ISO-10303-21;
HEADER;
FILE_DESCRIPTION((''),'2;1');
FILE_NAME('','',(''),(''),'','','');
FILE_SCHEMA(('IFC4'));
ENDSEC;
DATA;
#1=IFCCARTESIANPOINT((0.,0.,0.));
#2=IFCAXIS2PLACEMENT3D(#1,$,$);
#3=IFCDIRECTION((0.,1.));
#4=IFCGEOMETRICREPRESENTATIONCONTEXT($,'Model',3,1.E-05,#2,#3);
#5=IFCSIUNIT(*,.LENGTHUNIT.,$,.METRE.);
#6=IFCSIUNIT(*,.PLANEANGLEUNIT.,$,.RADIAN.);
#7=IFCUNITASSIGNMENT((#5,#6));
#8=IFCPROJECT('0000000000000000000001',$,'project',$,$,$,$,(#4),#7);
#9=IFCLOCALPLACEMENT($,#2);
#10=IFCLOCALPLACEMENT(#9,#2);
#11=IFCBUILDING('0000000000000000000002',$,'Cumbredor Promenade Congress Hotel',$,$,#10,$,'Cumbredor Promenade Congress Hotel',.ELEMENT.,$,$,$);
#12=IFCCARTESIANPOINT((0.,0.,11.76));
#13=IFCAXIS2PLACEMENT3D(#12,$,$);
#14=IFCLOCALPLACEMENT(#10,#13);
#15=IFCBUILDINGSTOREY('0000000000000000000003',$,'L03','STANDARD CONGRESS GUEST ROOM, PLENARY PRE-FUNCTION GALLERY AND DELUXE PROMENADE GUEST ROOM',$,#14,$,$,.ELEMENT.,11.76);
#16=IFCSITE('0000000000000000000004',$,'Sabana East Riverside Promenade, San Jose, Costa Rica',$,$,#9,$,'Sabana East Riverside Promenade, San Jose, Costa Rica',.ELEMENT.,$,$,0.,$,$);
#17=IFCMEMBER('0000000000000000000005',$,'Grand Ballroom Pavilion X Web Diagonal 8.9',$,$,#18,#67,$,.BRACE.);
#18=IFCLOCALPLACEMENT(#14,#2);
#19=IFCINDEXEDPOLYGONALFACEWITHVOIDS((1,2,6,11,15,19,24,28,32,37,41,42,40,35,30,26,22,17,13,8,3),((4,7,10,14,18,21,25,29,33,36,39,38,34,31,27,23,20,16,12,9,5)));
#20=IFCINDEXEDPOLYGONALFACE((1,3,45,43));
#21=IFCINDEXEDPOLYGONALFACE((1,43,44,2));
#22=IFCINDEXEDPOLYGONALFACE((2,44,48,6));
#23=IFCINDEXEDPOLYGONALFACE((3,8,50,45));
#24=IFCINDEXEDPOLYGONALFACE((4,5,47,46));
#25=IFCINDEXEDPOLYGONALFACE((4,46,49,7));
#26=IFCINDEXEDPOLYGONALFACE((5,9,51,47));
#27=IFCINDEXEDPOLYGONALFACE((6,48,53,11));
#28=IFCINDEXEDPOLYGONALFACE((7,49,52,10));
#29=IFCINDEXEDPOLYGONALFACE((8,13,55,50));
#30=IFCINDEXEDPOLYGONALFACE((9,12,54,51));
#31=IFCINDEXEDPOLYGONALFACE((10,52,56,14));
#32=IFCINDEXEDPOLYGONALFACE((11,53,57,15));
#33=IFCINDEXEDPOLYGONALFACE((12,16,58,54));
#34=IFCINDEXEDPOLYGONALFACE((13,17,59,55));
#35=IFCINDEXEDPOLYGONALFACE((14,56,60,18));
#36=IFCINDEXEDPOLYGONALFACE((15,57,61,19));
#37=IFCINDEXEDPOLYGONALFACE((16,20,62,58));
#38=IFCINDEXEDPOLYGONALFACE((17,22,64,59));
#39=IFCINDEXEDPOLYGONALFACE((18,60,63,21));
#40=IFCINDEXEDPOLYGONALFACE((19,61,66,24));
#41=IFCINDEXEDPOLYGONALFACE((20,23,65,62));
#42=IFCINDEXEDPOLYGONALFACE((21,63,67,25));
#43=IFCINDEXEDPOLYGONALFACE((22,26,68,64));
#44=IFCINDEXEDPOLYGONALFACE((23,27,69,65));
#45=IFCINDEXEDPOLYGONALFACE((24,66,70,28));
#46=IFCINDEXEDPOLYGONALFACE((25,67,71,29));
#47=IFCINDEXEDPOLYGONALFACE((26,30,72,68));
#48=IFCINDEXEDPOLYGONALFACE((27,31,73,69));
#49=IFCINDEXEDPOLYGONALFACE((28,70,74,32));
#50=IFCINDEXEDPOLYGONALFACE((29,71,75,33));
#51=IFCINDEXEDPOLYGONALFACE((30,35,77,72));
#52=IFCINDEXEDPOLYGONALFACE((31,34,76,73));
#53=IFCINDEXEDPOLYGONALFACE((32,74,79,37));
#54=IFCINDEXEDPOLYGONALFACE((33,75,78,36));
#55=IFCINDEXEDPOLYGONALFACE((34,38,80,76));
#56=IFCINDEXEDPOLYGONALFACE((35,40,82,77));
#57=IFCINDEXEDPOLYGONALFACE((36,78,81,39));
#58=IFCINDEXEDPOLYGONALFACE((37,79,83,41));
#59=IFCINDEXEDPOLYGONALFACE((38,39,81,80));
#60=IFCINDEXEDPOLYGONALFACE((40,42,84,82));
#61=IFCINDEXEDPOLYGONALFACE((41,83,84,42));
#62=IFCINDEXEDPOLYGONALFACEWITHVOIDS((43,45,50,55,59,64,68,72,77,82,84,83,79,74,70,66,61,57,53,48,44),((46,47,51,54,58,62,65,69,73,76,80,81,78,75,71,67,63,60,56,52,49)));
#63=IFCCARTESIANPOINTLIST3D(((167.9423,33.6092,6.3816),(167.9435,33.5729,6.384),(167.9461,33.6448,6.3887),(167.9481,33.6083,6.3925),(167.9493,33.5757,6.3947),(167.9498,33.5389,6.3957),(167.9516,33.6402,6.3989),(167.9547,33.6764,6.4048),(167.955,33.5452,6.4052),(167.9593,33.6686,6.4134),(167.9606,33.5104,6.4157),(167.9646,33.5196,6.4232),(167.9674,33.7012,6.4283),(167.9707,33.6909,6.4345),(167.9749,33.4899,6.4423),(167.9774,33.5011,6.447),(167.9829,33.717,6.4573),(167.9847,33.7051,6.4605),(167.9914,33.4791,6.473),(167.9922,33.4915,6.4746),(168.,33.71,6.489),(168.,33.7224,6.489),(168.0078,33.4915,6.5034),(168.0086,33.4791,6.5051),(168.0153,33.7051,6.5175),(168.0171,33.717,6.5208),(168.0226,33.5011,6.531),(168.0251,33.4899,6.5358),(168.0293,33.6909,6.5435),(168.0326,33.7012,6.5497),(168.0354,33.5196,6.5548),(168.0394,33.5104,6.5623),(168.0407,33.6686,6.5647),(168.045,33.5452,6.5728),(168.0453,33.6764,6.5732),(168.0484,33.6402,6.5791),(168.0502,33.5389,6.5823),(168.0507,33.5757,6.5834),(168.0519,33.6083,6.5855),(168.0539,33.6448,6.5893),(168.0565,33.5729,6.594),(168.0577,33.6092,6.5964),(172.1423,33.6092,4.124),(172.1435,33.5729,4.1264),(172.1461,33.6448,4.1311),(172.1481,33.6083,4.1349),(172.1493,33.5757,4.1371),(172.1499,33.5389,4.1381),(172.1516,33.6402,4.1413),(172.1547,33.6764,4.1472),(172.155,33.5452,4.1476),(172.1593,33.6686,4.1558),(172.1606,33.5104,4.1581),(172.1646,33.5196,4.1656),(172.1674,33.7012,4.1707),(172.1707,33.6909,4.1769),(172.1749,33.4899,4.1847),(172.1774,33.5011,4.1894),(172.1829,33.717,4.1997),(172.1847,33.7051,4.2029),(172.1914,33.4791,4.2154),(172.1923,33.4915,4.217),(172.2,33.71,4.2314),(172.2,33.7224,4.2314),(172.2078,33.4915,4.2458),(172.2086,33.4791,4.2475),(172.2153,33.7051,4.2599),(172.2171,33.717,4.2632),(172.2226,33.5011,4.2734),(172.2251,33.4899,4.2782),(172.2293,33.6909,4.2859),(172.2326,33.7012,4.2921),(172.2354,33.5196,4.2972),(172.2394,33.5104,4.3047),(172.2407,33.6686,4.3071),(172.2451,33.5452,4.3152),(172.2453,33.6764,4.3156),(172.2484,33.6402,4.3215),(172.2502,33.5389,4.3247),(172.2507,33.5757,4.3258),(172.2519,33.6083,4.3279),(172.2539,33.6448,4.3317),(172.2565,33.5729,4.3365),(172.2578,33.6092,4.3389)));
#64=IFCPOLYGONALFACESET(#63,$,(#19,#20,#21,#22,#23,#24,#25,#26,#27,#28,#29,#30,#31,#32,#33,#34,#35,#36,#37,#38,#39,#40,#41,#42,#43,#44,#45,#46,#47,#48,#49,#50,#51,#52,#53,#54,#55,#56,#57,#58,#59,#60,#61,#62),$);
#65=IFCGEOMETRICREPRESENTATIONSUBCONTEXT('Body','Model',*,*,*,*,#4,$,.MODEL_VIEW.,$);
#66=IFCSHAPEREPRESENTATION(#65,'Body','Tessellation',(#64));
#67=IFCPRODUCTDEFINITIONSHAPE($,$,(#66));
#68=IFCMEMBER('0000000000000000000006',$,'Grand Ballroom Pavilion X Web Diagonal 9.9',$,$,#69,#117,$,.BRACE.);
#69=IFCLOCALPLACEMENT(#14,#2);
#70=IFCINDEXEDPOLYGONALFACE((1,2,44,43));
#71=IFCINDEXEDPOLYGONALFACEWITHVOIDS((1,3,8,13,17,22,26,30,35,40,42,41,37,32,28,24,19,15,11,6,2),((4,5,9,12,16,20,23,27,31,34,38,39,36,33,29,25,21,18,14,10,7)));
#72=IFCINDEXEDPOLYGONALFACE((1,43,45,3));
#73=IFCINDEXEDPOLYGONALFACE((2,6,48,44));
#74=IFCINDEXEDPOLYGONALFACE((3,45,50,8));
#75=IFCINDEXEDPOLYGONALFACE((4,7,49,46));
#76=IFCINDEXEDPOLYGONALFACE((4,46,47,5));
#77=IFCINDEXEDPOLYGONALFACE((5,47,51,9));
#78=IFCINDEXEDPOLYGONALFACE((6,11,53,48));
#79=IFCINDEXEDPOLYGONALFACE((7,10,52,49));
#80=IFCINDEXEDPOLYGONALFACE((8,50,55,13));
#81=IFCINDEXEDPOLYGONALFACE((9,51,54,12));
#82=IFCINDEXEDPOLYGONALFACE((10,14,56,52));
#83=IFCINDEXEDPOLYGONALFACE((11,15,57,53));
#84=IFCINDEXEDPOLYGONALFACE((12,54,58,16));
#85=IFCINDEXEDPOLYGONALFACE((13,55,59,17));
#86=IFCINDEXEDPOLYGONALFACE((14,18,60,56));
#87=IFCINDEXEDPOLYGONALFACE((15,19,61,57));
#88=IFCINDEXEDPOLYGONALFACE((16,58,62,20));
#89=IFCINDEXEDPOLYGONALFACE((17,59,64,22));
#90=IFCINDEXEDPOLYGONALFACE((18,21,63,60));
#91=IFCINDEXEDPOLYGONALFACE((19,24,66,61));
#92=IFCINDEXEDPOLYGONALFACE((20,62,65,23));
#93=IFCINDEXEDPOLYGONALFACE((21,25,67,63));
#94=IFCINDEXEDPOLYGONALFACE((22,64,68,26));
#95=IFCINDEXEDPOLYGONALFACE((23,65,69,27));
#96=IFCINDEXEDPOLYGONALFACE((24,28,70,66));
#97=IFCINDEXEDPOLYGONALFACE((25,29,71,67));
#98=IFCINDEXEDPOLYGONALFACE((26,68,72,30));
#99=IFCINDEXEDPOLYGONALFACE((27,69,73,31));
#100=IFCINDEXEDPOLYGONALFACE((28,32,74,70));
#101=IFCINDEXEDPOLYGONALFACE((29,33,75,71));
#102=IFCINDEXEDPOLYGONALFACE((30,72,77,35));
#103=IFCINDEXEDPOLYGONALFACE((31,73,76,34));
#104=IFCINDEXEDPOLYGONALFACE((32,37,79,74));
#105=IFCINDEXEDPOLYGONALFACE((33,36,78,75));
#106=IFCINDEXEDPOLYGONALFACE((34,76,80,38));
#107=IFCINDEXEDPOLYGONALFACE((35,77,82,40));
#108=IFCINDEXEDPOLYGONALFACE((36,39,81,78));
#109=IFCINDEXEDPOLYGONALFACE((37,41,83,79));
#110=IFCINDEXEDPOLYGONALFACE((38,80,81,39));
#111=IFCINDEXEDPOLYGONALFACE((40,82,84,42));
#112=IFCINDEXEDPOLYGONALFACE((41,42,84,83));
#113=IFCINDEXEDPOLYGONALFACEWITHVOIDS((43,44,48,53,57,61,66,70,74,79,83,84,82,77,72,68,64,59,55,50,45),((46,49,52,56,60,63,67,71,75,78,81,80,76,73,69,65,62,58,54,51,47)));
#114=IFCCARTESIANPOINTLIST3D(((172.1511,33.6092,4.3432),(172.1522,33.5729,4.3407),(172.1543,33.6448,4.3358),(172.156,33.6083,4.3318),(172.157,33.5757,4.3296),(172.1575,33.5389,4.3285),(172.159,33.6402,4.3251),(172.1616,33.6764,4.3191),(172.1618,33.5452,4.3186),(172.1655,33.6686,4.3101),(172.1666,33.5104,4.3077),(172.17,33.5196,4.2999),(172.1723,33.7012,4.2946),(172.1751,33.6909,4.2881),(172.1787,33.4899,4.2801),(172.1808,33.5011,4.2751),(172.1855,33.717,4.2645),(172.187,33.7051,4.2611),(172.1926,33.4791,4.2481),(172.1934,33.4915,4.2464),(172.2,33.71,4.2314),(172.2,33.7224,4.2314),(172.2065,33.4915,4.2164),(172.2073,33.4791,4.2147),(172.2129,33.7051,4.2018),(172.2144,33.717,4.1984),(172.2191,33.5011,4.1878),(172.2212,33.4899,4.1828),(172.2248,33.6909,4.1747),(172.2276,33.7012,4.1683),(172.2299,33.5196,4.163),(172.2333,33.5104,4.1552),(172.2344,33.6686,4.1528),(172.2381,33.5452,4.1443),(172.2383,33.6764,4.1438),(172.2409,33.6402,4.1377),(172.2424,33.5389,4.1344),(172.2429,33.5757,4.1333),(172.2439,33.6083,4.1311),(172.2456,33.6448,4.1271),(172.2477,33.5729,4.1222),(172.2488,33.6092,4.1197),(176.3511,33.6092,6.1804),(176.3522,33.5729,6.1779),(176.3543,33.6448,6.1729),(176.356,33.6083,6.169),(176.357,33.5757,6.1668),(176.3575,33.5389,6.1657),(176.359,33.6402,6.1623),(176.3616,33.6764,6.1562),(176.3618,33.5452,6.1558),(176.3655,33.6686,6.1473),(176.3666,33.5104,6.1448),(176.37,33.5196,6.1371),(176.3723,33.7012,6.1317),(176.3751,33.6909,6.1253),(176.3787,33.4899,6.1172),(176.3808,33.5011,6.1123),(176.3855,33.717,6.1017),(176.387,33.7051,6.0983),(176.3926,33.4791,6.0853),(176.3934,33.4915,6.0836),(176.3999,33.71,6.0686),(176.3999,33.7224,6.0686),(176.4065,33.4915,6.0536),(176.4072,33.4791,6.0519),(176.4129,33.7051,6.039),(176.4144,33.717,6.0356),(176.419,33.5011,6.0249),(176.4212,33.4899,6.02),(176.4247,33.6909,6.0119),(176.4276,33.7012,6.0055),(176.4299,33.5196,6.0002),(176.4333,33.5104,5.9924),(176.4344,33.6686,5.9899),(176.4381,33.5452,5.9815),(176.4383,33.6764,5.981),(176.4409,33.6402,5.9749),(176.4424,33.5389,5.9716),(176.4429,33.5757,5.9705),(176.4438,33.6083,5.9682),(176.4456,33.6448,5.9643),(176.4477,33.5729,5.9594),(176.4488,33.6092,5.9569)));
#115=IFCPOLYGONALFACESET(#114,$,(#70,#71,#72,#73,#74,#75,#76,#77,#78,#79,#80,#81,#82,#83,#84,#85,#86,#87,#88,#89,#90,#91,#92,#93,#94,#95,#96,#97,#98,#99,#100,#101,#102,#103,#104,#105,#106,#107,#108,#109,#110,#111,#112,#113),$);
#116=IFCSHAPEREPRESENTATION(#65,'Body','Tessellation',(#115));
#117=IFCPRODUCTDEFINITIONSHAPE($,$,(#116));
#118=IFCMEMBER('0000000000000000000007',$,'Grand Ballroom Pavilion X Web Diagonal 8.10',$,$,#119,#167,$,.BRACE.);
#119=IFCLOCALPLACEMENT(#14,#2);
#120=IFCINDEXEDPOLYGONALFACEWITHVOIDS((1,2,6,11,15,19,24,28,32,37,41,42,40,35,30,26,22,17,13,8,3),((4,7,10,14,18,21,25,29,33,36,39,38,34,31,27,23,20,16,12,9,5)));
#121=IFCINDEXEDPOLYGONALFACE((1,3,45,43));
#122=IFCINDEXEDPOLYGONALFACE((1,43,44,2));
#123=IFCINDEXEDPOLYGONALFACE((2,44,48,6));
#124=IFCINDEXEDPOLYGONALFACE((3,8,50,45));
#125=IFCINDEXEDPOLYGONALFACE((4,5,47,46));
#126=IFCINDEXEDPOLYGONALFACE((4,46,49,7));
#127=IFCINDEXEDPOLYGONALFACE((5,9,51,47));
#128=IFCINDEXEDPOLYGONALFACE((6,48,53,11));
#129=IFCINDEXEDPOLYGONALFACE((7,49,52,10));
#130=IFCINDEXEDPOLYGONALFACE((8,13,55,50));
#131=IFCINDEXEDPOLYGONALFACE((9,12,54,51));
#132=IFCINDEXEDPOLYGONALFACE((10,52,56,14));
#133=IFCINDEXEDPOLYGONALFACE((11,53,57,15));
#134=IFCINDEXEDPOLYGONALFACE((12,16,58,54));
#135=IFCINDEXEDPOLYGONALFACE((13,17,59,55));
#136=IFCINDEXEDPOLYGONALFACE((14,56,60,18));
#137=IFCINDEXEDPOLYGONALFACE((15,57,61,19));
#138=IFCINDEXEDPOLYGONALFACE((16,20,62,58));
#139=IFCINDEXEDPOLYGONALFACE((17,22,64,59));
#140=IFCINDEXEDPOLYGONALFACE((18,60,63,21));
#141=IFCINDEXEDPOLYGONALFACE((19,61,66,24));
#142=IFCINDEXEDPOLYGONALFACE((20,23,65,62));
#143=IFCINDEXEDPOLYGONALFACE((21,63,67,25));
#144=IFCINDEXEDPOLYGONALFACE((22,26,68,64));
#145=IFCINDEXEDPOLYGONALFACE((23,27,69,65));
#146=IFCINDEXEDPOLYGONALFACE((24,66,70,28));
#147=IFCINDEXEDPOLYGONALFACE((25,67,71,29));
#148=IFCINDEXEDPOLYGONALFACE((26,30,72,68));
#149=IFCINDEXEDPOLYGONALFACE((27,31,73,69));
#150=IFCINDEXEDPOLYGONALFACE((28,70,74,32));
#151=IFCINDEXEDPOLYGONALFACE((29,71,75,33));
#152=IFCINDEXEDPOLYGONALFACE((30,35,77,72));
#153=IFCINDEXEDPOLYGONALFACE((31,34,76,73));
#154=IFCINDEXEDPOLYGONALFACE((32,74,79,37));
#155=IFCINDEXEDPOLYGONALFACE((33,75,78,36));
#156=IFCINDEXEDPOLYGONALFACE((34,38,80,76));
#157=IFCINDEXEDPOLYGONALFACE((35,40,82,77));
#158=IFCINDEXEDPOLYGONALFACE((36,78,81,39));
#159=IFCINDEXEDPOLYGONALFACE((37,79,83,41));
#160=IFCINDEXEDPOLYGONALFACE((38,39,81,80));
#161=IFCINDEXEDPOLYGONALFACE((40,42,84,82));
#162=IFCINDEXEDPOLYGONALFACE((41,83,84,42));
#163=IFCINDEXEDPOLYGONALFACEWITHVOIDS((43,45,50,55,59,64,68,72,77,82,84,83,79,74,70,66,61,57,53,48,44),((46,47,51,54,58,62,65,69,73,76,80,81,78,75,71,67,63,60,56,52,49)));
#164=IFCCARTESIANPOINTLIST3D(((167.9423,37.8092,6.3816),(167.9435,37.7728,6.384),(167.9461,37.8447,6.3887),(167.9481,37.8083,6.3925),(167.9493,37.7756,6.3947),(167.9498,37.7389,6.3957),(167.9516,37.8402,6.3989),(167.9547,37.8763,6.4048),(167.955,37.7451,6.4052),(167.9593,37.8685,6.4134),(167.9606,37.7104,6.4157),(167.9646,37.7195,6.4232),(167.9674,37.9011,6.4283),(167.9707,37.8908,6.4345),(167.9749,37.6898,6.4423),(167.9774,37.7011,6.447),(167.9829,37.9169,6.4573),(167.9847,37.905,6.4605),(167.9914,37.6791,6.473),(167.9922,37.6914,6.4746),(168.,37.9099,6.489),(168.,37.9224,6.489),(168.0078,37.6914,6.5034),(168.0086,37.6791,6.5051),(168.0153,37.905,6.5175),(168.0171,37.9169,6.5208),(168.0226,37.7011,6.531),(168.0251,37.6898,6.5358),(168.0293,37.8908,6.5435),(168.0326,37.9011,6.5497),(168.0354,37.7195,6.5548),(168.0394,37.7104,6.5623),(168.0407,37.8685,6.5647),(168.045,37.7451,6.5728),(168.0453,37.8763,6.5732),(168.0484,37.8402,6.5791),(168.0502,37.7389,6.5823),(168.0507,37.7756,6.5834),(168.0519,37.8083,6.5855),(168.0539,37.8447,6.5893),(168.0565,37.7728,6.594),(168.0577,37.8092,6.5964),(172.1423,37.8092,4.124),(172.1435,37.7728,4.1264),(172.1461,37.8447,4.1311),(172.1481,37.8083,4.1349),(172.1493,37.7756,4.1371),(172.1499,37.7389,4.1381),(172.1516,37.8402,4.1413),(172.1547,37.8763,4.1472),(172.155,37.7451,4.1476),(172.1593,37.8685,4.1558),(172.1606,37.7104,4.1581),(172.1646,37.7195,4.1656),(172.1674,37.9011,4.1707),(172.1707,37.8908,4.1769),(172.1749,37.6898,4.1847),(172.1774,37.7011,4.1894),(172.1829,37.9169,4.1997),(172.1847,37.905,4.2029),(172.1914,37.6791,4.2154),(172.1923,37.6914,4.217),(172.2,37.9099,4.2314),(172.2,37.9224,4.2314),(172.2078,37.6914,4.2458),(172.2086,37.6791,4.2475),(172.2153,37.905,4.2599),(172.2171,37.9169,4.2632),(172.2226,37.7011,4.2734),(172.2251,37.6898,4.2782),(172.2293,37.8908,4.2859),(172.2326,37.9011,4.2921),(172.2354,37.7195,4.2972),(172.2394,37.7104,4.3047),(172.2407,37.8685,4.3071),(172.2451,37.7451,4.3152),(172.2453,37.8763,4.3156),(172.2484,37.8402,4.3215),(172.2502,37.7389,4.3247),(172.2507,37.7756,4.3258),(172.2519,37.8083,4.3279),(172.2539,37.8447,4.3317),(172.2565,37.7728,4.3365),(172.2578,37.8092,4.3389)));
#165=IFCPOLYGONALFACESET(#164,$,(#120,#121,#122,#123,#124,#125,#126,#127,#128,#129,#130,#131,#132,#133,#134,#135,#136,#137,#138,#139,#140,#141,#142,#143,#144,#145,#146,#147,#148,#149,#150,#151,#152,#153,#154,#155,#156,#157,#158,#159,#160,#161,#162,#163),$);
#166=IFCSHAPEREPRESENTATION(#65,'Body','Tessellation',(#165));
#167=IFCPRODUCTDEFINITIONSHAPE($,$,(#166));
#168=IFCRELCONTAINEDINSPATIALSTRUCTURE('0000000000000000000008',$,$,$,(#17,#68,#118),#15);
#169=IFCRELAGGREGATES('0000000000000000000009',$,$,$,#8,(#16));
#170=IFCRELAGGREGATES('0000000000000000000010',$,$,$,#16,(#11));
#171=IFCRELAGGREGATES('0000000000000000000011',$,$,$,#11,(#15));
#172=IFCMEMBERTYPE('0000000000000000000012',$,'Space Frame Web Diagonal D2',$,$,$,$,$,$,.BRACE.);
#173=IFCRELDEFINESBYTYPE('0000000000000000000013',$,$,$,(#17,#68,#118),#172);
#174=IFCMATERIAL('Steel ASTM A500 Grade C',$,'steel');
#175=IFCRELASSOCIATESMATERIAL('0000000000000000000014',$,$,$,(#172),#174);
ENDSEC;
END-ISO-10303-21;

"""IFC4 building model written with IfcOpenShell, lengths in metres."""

from ifc_helpers import new_model, si_unit, direction, frame, origin, origin_2d, place, context, subcontext, project, spatial, hollow_circle, extrude, material, material_profile, profile_set, type_object, element, save


model = new_model("IFC4")

# Units and contexts
model_context = context("Model", 3, precision=1e-05, world=origin(), true_north=direction((0.0, 1.0)))
body_context = subcontext(model_context, "Body", "Model", "MODEL_VIEW")
ifc_project = project(units=[si_unit("LENGTHUNIT", "METRE"), si_unit("PLANEANGLEUNIT", "RADIAN")], contexts=[model_context])

# Site, building, storey
site_placement = place(None, origin())
site = spatial("IfcSite", under=ifc_project, at=site_placement, Name="Sabana East Riverside Promenade, San Jose, Costa Rica", LongName="Sabana East Riverside Promenade, San Jose, Costa Rica", CompositionType="ELEMENT", RefElevation=0.0)
building_placement = place(site_placement, origin())
building = spatial("IfcBuilding", under=site, at=building_placement, Name="Cumbredor Promenade Congress Hotel", LongName="Cumbredor Promenade Congress Hotel", CompositionType="ELEMENT")
storey_placement = place(building_placement, frame((0.0, 0.0, 11.76)))
storey = spatial("IfcBuildingStorey", under=building, at=storey_placement, Name="L03", Description="STANDARD CONGRESS GUEST ROOM, PLENARY PRE-FUNCTION GALLERY AND DELUXE PROMENADE GUEST ROOM", CompositionType="ELEMENT", Elevation=11.76)

# Members
ifc_material_1 = material(Name="Steel ASTM A500 Grade C", Category="steel")
ifc_material_profile_1 = material_profile(ifc_material_1, hollow_circle(Radius=0.1223, WallThickness=0.0125, at=origin_2d()), Name="CHS 244.5x12.5")
ifc_profile_set_1 = profile_set([ifc_material_profile_1], Name="Steel ASTM A500 Grade C")
member_type_1 = type_object("IfcMemberType", Name="Space Frame Web Diagonal D2", PredefinedType="BRACE", material=ifc_profile_set_1)
member_1_placement = place(storey_placement, frame((168.0, 33.6001, 6.489), z_axis=(0.880816, 0.0, -0.473459), x_axis=(0.0, 1.0, 0.0)))
element("IfcMember", 1, at=member_1_placement, inside=storey, type_object=member_type_1, Name="Grand Ballroom Pavilion X Web Diagonal 8.9", PredefinedType="BRACE", context=body_context, shape_type="SweptSolid", body=[
    extrude(hollow_circle(Radius=0.1223, WallThickness=0.0125, at=origin_2d()), origin(), (0.0, 0.0, 1.0), 4.7683),
])
member_2_placement = place(storey_placement, frame((172.2, 33.6001, 4.2314), z_axis=(0.916183, 0.0, 0.40076), x_axis=(0.0, 1.0, 0.0)))
element("IfcMember", 2, at=member_2_placement, inside=storey, type_object=member_type_1, Name="Grand Ballroom Pavilion X Web Diagonal 9.9", PredefinedType="BRACE", context=body_context, shape_type="SweptSolid", body=[
    extrude(hollow_circle(Radius=0.1223, WallThickness=0.0125, at=origin_2d()), origin(), (0.0, 0.0, 1.0), 4.5842),
])
member_3_placement = place(storey_placement, frame((168.0, 37.8, 6.489), z_axis=(0.880816, 0.0, -0.473459), x_axis=(0.0, 1.0, 0.0)))
element("IfcMember", 3, at=member_3_placement, inside=storey, type_object=member_type_1, Name="Grand Ballroom Pavilion X Web Diagonal 8.10", PredefinedType="BRACE", context=body_context, shape_type="SweptSolid", body=[
    extrude(hollow_circle(Radius=0.1223, WallThickness=0.0125, at=origin_2d()), origin(), (0.0, 0.0, 1.0), 4.7683),
])

save(model, "model.ifc")
